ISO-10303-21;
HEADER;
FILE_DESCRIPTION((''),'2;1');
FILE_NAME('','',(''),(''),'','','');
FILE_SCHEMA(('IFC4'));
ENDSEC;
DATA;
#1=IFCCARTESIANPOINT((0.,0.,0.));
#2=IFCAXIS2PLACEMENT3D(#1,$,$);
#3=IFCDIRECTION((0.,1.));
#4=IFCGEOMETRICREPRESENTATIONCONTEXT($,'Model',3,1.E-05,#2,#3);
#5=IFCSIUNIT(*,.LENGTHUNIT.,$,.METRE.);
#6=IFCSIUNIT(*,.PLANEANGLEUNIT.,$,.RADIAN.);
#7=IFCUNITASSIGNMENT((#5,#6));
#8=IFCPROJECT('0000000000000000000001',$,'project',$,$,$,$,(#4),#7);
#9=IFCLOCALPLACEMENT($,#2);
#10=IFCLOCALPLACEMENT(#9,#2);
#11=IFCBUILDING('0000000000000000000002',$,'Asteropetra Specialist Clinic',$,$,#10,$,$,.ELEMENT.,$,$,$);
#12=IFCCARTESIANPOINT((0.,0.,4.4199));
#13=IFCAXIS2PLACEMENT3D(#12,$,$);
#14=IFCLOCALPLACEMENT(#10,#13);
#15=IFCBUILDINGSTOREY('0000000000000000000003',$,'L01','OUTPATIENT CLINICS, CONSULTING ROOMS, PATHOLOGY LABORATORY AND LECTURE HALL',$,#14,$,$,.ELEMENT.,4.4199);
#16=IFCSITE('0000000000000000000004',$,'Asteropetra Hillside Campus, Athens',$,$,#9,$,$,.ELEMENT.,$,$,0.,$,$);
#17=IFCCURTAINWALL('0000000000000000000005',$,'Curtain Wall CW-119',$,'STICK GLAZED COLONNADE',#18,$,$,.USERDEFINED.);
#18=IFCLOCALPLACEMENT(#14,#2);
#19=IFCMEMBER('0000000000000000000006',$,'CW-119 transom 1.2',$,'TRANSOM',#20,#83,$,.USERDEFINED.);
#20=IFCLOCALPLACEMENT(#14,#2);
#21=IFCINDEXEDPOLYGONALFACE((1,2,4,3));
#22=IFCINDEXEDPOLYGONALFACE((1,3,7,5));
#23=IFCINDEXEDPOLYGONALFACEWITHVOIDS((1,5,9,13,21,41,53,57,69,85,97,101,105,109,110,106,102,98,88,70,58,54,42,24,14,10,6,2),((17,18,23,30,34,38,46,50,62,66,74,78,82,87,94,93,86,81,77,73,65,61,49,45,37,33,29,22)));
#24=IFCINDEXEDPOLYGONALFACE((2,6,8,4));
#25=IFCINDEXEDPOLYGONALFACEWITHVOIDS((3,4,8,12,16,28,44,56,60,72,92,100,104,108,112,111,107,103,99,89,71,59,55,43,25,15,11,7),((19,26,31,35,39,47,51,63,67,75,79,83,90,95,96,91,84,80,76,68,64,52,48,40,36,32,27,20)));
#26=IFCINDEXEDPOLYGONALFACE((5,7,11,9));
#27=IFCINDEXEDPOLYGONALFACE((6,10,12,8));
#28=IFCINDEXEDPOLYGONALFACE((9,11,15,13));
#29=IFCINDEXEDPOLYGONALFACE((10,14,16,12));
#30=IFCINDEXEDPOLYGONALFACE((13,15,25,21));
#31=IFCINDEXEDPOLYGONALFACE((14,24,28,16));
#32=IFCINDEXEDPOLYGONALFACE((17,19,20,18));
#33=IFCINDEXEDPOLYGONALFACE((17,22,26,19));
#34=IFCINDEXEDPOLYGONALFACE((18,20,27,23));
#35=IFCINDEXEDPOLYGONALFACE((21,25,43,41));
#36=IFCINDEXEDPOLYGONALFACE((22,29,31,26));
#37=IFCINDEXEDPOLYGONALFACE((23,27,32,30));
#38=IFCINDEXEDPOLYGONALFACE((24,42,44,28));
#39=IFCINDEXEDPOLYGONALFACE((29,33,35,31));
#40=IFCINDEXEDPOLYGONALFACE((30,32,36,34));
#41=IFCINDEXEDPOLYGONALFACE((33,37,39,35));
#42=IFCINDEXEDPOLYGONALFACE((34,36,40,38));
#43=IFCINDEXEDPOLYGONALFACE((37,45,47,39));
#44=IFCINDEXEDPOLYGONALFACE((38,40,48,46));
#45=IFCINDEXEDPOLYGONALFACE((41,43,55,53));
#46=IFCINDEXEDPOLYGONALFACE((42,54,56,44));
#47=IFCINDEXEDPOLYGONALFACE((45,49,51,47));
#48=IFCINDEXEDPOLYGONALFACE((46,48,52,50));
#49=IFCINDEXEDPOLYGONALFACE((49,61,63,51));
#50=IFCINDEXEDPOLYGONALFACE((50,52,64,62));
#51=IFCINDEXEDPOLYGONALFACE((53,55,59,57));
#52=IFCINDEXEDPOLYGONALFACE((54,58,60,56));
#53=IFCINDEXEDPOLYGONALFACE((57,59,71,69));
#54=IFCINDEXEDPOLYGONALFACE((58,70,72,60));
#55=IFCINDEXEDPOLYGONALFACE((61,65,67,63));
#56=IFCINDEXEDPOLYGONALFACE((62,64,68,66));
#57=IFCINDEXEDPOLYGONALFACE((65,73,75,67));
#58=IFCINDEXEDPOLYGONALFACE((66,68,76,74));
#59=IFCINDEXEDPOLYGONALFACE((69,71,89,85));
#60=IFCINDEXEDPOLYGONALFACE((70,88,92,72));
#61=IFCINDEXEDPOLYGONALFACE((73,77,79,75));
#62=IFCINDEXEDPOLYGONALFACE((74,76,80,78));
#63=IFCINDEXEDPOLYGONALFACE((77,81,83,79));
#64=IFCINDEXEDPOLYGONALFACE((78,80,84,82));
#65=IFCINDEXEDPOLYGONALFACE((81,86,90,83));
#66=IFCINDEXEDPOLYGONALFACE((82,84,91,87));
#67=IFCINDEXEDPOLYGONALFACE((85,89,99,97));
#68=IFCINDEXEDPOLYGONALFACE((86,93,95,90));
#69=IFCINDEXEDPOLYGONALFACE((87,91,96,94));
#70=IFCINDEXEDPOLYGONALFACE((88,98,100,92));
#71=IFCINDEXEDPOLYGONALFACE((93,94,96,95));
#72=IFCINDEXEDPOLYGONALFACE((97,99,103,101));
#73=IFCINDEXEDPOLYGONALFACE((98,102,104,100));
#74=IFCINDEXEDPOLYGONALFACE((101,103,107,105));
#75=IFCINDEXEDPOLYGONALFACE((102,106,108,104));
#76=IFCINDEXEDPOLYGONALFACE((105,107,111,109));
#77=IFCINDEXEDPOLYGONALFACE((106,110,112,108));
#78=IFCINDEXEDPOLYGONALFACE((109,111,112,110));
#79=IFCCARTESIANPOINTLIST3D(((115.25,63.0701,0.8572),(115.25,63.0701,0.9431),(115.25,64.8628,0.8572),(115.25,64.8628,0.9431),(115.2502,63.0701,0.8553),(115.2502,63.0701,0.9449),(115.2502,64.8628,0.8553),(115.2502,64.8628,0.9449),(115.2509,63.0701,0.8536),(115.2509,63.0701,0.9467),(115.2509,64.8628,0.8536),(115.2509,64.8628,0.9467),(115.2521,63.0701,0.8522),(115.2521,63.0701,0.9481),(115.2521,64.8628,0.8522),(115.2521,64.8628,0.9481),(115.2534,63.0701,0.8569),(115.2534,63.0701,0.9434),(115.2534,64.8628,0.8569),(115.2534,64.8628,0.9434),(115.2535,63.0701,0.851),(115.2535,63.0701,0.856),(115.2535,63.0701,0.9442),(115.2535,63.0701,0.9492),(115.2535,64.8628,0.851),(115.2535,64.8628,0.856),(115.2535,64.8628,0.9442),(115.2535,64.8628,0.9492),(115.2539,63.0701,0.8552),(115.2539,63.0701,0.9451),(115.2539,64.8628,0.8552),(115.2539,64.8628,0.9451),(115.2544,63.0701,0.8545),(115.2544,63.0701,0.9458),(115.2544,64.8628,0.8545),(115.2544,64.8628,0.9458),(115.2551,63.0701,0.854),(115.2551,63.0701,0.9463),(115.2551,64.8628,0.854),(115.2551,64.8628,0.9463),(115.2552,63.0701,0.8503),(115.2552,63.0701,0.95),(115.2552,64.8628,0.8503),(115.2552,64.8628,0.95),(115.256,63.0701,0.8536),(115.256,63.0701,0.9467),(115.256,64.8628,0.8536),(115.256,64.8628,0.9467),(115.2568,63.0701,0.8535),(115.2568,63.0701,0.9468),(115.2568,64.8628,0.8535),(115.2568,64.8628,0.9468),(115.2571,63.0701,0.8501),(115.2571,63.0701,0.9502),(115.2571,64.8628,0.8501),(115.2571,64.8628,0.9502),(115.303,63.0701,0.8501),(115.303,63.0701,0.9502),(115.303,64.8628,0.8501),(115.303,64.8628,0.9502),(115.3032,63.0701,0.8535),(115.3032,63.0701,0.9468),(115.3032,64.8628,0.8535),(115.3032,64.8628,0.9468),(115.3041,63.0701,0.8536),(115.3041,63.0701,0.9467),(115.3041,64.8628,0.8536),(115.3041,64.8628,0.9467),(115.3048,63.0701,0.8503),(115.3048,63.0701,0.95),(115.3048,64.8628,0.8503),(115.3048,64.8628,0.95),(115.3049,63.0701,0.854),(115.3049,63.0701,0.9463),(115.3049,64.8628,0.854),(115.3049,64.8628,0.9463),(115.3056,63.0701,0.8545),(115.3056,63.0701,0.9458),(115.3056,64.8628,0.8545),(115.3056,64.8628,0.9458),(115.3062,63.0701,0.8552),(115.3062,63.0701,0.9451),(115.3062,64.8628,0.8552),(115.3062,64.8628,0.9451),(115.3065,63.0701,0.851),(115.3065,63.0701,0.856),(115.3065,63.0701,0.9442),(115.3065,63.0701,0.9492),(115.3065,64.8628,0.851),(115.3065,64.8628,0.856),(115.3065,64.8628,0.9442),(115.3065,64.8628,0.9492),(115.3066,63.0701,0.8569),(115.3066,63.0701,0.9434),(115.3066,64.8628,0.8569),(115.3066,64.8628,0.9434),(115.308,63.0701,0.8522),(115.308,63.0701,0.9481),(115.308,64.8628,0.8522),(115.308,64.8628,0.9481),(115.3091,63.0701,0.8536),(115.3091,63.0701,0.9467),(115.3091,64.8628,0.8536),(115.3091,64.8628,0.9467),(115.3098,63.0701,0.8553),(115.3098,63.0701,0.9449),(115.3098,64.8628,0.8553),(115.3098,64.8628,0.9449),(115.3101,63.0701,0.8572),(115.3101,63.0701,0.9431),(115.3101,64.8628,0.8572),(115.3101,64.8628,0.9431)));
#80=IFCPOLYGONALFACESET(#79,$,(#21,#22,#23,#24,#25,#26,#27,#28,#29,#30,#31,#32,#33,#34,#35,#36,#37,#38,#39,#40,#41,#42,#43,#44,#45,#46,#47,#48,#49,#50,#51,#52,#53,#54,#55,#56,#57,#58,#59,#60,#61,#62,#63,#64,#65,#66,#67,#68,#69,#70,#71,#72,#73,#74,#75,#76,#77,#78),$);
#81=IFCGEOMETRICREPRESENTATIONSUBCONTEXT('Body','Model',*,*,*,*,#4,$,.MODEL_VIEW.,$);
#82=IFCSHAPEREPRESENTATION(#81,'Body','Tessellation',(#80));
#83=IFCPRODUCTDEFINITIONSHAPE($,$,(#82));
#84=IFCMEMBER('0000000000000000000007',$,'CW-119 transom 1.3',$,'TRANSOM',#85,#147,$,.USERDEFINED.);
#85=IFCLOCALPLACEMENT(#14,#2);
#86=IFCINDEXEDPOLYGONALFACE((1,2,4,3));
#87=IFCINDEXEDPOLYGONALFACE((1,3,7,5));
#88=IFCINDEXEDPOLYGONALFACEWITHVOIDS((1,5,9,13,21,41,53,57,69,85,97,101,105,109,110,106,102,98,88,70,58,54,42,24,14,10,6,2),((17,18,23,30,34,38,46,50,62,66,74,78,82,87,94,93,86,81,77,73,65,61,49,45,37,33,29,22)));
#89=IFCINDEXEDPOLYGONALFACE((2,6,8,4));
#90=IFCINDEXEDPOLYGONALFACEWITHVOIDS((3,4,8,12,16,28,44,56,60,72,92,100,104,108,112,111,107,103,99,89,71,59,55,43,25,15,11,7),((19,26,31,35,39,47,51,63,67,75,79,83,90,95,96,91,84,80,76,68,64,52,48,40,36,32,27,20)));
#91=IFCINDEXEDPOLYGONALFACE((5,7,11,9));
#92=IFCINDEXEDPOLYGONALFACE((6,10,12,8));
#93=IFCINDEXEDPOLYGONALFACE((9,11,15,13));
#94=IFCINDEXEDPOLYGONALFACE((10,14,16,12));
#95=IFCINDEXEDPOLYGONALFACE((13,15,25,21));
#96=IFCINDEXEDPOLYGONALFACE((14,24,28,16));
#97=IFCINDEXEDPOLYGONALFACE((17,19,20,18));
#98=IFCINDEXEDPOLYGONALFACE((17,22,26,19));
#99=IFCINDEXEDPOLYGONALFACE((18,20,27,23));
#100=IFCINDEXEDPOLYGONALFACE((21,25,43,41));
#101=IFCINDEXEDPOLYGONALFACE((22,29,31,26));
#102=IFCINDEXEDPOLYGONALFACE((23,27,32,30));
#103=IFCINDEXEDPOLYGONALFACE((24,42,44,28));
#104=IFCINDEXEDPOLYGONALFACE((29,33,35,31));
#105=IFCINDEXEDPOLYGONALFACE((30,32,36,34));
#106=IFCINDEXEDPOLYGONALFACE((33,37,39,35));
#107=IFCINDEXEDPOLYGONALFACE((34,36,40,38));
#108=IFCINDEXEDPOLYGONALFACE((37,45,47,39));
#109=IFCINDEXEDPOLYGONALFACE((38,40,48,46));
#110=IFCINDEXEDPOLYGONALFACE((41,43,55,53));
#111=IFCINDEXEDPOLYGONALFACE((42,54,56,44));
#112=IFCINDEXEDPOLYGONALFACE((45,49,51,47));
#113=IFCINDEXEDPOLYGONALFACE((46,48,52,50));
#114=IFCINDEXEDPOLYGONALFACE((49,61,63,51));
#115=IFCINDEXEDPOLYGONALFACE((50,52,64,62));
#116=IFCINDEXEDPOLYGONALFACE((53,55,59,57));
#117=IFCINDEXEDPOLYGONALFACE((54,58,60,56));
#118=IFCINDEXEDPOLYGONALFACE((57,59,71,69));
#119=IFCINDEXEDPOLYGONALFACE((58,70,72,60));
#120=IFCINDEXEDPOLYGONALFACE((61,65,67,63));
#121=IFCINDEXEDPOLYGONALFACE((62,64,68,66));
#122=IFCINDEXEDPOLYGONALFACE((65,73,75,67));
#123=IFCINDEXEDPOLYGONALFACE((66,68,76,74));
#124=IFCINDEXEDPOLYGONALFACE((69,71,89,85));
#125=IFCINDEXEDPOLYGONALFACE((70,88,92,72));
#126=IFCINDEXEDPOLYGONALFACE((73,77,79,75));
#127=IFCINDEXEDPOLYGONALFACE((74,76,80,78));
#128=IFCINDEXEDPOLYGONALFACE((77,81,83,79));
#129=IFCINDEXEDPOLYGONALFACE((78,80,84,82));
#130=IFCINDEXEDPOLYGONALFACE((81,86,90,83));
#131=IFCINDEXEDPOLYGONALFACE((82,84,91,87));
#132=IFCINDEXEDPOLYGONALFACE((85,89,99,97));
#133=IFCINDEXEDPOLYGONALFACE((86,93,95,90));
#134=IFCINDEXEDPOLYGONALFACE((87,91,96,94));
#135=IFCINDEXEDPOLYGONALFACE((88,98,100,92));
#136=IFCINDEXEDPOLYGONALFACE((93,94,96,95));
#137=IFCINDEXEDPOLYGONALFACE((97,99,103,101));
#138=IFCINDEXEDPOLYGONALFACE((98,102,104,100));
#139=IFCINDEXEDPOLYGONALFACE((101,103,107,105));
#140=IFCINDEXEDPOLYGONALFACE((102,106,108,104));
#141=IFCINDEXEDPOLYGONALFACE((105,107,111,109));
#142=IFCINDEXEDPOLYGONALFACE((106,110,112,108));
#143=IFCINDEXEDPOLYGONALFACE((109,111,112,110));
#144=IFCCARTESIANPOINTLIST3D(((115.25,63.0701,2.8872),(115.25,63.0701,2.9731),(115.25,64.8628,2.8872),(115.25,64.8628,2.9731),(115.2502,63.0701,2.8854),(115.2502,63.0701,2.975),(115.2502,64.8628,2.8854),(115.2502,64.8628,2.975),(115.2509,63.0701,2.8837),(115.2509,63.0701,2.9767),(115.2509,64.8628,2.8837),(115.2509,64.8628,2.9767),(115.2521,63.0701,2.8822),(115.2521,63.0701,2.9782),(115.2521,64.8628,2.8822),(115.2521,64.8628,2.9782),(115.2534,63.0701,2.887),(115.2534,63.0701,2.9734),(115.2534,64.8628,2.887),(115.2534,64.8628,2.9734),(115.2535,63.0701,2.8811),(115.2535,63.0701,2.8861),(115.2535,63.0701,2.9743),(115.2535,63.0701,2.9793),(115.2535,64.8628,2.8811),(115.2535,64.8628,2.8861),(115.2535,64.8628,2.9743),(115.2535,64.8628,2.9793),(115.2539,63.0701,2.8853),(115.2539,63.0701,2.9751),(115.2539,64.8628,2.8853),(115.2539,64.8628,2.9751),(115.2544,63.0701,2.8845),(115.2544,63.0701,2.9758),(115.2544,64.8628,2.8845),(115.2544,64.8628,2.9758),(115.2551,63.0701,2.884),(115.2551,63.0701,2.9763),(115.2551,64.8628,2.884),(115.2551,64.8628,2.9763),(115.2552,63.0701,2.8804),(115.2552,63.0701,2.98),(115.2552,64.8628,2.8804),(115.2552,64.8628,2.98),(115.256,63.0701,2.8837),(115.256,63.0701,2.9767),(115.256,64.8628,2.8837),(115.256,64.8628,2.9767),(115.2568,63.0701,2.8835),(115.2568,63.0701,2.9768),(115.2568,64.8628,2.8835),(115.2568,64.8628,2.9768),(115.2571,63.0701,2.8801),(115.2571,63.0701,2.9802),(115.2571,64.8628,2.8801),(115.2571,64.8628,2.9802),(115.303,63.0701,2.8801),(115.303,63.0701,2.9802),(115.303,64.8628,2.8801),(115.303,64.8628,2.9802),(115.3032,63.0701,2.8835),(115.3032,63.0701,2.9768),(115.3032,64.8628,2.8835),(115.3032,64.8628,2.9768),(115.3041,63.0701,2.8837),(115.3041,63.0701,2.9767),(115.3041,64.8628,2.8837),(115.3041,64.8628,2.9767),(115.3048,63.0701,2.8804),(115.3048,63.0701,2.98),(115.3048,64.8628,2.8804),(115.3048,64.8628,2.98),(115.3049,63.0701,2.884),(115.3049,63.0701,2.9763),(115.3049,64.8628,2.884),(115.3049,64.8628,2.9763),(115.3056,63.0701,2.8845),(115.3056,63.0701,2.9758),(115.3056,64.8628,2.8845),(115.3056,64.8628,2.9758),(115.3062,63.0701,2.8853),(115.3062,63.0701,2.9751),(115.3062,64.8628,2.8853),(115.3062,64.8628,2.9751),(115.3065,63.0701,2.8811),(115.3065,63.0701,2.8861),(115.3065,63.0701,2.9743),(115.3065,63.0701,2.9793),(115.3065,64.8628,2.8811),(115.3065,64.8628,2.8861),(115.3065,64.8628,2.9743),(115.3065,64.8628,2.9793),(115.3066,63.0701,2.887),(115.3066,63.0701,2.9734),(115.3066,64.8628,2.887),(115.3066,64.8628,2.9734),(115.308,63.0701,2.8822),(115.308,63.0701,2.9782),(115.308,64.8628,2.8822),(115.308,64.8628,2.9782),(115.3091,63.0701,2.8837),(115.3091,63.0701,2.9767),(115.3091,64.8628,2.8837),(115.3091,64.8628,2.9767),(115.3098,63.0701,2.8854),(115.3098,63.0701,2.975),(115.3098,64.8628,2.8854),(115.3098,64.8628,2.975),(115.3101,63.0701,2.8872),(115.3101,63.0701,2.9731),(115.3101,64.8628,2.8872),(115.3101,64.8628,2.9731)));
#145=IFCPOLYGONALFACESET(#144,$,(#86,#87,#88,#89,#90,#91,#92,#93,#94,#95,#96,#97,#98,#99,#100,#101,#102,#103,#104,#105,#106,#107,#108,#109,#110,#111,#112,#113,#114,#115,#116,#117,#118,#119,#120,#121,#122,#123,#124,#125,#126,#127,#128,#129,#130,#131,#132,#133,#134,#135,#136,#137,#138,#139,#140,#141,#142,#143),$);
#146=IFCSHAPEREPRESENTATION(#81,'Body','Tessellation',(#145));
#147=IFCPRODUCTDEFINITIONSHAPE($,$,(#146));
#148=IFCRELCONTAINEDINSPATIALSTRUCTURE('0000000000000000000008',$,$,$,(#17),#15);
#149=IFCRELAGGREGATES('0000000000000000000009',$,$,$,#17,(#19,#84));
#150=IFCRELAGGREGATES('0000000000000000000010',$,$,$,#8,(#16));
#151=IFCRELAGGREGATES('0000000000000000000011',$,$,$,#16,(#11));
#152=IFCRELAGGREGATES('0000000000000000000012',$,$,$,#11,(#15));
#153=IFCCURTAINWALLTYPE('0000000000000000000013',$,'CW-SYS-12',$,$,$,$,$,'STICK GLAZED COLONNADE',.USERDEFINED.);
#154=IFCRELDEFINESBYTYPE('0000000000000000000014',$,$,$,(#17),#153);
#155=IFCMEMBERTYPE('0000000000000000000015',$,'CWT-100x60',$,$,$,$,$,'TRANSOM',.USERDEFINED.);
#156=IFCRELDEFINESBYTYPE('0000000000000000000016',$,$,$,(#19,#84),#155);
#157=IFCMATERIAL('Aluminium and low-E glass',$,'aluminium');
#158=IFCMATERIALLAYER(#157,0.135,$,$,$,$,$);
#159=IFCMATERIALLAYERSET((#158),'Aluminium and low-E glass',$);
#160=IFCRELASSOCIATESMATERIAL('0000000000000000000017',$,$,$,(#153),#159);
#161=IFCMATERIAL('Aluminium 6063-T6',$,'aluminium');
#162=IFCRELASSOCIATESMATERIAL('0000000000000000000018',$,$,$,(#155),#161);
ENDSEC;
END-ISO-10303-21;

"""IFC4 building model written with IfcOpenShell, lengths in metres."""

from ifc_helpers import new_model, si_unit, direction, frame, origin, origin_2d, place, context, subcontext, project, spatial, hollow_rectangle, extrude, material, layer, layer_set, material_profile, profile_set, type_object, element, aggregate, save


model = new_model("IFC4")

# Units and contexts
model_context = context("Model", 3, precision=1e-05, world=origin(), true_north=direction((0.0, 1.0)))
body_context = subcontext(model_context, "Body", "Model", "MODEL_VIEW")
ifc_project = project(units=[si_unit("LENGTHUNIT", "METRE"), si_unit("PLANEANGLEUNIT", "RADIAN")], contexts=[model_context])

# Site, building, storey
site_placement = place(None, origin())
site = spatial("IfcSite", under=ifc_project, at=site_placement, Name="Asteropetra Hillside Campus, Athens", CompositionType="ELEMENT", RefElevation=0.0)
building_placement = place(site_placement, origin())
building = spatial("IfcBuilding", under=site, at=building_placement, Name="Asteropetra Specialist Clinic", CompositionType="ELEMENT")
storey_placement = place(building_placement, frame((0.0, 0.0, 4.4199)))
storey = spatial("IfcBuildingStorey", under=building, at=storey_placement, Name="L01", Description="OUTPATIENT CLINICS, CONSULTING ROOMS, PATHOLOGY LABORATORY AND LECTURE HALL", CompositionType="ELEMENT", Elevation=4.4199)

# Curtain wall, members
ifc_material_1 = material(Name="Aluminium and low-E glass", Category="aluminium")
ifc_layer_1 = layer(ifc_material_1, 0.135)
ifc_layer_set_1 = layer_set([ifc_layer_1], Name="Aluminium and low-E glass")
curtain_wall_type = type_object("IfcCurtainWallType", Name="CW-SYS-12", ElementType="STICK GLAZED COLONNADE", PredefinedType="USERDEFINED", material=ifc_layer_set_1)
curtain_wall_placement = place(storey_placement, origin())
curtain_wall = element("IfcCurtainWall", 1, at=curtain_wall_placement, inside=storey, type_object=curtain_wall_type, Name="Curtain Wall CW-119", ObjectType="STICK GLAZED COLONNADE", PredefinedType="USERDEFINED")
ifc_material_2 = material(Name="Aluminium 6063-T6", Category="aluminium")
ifc_material_profile_1 = material_profile(ifc_material_2, hollow_rectangle(XDim=0.0601, YDim=0.1001, WallThickness=0.0034, InnerFilletRadius=0.0034, OuterFilletRadius=0.0071, at=origin_2d()), Name="TRN 100x60x3.5")
ifc_profile_set_1 = profile_set([ifc_material_profile_1], Name="Aluminium 6063-T6")
member_type_1 = type_object("IfcMemberType", Name="CWT-100x60", ElementType="TRANSOM", PredefinedType="USERDEFINED", material=ifc_profile_set_1)
member_1_placement = place(storey_placement, frame((115.28, 63.0701, 0.9001), z_axis=(0.0, 1.0, 0.0), x_axis=(-1.0, 0.0, 0.0)))
member_1 = element("IfcMember", 2, at=member_1_placement, type_object=member_type_1, Name="CW-119 transom 1.2", ObjectType="TRANSOM", PredefinedType="USERDEFINED", context=body_context, shape_type="SweptSolid", body=[
    extrude(hollow_rectangle(XDim=0.0601, YDim=0.1001, WallThickness=0.0034, InnerFilletRadius=0.0034, OuterFilletRadius=0.0071, at=origin_2d()), origin(), (0.0, 0.0, 1.0), 1.7927),
])
member_2_placement = place(storey_placement, frame((115.28, 63.0701, 2.9302), z_axis=(0.0, 1.0, 0.0), x_axis=(-1.0, 0.0, 0.0)))
member_2 = element("IfcMember", 3, at=member_2_placement, type_object=member_type_1, Name="CW-119 transom 1.3", ObjectType="TRANSOM", PredefinedType="USERDEFINED", context=body_context, shape_type="SweptSolid", body=[
    extrude(hollow_rectangle(XDim=0.0601, YDim=0.1001, WallThickness=0.0034, InnerFilletRadius=0.0034, OuterFilletRadius=0.0071, at=origin_2d()), origin(), (0.0, 0.0, 1.0), 1.7927),
])
aggregate(curtain_wall, [member_1, member_2])

save(model, "model.ifc")
